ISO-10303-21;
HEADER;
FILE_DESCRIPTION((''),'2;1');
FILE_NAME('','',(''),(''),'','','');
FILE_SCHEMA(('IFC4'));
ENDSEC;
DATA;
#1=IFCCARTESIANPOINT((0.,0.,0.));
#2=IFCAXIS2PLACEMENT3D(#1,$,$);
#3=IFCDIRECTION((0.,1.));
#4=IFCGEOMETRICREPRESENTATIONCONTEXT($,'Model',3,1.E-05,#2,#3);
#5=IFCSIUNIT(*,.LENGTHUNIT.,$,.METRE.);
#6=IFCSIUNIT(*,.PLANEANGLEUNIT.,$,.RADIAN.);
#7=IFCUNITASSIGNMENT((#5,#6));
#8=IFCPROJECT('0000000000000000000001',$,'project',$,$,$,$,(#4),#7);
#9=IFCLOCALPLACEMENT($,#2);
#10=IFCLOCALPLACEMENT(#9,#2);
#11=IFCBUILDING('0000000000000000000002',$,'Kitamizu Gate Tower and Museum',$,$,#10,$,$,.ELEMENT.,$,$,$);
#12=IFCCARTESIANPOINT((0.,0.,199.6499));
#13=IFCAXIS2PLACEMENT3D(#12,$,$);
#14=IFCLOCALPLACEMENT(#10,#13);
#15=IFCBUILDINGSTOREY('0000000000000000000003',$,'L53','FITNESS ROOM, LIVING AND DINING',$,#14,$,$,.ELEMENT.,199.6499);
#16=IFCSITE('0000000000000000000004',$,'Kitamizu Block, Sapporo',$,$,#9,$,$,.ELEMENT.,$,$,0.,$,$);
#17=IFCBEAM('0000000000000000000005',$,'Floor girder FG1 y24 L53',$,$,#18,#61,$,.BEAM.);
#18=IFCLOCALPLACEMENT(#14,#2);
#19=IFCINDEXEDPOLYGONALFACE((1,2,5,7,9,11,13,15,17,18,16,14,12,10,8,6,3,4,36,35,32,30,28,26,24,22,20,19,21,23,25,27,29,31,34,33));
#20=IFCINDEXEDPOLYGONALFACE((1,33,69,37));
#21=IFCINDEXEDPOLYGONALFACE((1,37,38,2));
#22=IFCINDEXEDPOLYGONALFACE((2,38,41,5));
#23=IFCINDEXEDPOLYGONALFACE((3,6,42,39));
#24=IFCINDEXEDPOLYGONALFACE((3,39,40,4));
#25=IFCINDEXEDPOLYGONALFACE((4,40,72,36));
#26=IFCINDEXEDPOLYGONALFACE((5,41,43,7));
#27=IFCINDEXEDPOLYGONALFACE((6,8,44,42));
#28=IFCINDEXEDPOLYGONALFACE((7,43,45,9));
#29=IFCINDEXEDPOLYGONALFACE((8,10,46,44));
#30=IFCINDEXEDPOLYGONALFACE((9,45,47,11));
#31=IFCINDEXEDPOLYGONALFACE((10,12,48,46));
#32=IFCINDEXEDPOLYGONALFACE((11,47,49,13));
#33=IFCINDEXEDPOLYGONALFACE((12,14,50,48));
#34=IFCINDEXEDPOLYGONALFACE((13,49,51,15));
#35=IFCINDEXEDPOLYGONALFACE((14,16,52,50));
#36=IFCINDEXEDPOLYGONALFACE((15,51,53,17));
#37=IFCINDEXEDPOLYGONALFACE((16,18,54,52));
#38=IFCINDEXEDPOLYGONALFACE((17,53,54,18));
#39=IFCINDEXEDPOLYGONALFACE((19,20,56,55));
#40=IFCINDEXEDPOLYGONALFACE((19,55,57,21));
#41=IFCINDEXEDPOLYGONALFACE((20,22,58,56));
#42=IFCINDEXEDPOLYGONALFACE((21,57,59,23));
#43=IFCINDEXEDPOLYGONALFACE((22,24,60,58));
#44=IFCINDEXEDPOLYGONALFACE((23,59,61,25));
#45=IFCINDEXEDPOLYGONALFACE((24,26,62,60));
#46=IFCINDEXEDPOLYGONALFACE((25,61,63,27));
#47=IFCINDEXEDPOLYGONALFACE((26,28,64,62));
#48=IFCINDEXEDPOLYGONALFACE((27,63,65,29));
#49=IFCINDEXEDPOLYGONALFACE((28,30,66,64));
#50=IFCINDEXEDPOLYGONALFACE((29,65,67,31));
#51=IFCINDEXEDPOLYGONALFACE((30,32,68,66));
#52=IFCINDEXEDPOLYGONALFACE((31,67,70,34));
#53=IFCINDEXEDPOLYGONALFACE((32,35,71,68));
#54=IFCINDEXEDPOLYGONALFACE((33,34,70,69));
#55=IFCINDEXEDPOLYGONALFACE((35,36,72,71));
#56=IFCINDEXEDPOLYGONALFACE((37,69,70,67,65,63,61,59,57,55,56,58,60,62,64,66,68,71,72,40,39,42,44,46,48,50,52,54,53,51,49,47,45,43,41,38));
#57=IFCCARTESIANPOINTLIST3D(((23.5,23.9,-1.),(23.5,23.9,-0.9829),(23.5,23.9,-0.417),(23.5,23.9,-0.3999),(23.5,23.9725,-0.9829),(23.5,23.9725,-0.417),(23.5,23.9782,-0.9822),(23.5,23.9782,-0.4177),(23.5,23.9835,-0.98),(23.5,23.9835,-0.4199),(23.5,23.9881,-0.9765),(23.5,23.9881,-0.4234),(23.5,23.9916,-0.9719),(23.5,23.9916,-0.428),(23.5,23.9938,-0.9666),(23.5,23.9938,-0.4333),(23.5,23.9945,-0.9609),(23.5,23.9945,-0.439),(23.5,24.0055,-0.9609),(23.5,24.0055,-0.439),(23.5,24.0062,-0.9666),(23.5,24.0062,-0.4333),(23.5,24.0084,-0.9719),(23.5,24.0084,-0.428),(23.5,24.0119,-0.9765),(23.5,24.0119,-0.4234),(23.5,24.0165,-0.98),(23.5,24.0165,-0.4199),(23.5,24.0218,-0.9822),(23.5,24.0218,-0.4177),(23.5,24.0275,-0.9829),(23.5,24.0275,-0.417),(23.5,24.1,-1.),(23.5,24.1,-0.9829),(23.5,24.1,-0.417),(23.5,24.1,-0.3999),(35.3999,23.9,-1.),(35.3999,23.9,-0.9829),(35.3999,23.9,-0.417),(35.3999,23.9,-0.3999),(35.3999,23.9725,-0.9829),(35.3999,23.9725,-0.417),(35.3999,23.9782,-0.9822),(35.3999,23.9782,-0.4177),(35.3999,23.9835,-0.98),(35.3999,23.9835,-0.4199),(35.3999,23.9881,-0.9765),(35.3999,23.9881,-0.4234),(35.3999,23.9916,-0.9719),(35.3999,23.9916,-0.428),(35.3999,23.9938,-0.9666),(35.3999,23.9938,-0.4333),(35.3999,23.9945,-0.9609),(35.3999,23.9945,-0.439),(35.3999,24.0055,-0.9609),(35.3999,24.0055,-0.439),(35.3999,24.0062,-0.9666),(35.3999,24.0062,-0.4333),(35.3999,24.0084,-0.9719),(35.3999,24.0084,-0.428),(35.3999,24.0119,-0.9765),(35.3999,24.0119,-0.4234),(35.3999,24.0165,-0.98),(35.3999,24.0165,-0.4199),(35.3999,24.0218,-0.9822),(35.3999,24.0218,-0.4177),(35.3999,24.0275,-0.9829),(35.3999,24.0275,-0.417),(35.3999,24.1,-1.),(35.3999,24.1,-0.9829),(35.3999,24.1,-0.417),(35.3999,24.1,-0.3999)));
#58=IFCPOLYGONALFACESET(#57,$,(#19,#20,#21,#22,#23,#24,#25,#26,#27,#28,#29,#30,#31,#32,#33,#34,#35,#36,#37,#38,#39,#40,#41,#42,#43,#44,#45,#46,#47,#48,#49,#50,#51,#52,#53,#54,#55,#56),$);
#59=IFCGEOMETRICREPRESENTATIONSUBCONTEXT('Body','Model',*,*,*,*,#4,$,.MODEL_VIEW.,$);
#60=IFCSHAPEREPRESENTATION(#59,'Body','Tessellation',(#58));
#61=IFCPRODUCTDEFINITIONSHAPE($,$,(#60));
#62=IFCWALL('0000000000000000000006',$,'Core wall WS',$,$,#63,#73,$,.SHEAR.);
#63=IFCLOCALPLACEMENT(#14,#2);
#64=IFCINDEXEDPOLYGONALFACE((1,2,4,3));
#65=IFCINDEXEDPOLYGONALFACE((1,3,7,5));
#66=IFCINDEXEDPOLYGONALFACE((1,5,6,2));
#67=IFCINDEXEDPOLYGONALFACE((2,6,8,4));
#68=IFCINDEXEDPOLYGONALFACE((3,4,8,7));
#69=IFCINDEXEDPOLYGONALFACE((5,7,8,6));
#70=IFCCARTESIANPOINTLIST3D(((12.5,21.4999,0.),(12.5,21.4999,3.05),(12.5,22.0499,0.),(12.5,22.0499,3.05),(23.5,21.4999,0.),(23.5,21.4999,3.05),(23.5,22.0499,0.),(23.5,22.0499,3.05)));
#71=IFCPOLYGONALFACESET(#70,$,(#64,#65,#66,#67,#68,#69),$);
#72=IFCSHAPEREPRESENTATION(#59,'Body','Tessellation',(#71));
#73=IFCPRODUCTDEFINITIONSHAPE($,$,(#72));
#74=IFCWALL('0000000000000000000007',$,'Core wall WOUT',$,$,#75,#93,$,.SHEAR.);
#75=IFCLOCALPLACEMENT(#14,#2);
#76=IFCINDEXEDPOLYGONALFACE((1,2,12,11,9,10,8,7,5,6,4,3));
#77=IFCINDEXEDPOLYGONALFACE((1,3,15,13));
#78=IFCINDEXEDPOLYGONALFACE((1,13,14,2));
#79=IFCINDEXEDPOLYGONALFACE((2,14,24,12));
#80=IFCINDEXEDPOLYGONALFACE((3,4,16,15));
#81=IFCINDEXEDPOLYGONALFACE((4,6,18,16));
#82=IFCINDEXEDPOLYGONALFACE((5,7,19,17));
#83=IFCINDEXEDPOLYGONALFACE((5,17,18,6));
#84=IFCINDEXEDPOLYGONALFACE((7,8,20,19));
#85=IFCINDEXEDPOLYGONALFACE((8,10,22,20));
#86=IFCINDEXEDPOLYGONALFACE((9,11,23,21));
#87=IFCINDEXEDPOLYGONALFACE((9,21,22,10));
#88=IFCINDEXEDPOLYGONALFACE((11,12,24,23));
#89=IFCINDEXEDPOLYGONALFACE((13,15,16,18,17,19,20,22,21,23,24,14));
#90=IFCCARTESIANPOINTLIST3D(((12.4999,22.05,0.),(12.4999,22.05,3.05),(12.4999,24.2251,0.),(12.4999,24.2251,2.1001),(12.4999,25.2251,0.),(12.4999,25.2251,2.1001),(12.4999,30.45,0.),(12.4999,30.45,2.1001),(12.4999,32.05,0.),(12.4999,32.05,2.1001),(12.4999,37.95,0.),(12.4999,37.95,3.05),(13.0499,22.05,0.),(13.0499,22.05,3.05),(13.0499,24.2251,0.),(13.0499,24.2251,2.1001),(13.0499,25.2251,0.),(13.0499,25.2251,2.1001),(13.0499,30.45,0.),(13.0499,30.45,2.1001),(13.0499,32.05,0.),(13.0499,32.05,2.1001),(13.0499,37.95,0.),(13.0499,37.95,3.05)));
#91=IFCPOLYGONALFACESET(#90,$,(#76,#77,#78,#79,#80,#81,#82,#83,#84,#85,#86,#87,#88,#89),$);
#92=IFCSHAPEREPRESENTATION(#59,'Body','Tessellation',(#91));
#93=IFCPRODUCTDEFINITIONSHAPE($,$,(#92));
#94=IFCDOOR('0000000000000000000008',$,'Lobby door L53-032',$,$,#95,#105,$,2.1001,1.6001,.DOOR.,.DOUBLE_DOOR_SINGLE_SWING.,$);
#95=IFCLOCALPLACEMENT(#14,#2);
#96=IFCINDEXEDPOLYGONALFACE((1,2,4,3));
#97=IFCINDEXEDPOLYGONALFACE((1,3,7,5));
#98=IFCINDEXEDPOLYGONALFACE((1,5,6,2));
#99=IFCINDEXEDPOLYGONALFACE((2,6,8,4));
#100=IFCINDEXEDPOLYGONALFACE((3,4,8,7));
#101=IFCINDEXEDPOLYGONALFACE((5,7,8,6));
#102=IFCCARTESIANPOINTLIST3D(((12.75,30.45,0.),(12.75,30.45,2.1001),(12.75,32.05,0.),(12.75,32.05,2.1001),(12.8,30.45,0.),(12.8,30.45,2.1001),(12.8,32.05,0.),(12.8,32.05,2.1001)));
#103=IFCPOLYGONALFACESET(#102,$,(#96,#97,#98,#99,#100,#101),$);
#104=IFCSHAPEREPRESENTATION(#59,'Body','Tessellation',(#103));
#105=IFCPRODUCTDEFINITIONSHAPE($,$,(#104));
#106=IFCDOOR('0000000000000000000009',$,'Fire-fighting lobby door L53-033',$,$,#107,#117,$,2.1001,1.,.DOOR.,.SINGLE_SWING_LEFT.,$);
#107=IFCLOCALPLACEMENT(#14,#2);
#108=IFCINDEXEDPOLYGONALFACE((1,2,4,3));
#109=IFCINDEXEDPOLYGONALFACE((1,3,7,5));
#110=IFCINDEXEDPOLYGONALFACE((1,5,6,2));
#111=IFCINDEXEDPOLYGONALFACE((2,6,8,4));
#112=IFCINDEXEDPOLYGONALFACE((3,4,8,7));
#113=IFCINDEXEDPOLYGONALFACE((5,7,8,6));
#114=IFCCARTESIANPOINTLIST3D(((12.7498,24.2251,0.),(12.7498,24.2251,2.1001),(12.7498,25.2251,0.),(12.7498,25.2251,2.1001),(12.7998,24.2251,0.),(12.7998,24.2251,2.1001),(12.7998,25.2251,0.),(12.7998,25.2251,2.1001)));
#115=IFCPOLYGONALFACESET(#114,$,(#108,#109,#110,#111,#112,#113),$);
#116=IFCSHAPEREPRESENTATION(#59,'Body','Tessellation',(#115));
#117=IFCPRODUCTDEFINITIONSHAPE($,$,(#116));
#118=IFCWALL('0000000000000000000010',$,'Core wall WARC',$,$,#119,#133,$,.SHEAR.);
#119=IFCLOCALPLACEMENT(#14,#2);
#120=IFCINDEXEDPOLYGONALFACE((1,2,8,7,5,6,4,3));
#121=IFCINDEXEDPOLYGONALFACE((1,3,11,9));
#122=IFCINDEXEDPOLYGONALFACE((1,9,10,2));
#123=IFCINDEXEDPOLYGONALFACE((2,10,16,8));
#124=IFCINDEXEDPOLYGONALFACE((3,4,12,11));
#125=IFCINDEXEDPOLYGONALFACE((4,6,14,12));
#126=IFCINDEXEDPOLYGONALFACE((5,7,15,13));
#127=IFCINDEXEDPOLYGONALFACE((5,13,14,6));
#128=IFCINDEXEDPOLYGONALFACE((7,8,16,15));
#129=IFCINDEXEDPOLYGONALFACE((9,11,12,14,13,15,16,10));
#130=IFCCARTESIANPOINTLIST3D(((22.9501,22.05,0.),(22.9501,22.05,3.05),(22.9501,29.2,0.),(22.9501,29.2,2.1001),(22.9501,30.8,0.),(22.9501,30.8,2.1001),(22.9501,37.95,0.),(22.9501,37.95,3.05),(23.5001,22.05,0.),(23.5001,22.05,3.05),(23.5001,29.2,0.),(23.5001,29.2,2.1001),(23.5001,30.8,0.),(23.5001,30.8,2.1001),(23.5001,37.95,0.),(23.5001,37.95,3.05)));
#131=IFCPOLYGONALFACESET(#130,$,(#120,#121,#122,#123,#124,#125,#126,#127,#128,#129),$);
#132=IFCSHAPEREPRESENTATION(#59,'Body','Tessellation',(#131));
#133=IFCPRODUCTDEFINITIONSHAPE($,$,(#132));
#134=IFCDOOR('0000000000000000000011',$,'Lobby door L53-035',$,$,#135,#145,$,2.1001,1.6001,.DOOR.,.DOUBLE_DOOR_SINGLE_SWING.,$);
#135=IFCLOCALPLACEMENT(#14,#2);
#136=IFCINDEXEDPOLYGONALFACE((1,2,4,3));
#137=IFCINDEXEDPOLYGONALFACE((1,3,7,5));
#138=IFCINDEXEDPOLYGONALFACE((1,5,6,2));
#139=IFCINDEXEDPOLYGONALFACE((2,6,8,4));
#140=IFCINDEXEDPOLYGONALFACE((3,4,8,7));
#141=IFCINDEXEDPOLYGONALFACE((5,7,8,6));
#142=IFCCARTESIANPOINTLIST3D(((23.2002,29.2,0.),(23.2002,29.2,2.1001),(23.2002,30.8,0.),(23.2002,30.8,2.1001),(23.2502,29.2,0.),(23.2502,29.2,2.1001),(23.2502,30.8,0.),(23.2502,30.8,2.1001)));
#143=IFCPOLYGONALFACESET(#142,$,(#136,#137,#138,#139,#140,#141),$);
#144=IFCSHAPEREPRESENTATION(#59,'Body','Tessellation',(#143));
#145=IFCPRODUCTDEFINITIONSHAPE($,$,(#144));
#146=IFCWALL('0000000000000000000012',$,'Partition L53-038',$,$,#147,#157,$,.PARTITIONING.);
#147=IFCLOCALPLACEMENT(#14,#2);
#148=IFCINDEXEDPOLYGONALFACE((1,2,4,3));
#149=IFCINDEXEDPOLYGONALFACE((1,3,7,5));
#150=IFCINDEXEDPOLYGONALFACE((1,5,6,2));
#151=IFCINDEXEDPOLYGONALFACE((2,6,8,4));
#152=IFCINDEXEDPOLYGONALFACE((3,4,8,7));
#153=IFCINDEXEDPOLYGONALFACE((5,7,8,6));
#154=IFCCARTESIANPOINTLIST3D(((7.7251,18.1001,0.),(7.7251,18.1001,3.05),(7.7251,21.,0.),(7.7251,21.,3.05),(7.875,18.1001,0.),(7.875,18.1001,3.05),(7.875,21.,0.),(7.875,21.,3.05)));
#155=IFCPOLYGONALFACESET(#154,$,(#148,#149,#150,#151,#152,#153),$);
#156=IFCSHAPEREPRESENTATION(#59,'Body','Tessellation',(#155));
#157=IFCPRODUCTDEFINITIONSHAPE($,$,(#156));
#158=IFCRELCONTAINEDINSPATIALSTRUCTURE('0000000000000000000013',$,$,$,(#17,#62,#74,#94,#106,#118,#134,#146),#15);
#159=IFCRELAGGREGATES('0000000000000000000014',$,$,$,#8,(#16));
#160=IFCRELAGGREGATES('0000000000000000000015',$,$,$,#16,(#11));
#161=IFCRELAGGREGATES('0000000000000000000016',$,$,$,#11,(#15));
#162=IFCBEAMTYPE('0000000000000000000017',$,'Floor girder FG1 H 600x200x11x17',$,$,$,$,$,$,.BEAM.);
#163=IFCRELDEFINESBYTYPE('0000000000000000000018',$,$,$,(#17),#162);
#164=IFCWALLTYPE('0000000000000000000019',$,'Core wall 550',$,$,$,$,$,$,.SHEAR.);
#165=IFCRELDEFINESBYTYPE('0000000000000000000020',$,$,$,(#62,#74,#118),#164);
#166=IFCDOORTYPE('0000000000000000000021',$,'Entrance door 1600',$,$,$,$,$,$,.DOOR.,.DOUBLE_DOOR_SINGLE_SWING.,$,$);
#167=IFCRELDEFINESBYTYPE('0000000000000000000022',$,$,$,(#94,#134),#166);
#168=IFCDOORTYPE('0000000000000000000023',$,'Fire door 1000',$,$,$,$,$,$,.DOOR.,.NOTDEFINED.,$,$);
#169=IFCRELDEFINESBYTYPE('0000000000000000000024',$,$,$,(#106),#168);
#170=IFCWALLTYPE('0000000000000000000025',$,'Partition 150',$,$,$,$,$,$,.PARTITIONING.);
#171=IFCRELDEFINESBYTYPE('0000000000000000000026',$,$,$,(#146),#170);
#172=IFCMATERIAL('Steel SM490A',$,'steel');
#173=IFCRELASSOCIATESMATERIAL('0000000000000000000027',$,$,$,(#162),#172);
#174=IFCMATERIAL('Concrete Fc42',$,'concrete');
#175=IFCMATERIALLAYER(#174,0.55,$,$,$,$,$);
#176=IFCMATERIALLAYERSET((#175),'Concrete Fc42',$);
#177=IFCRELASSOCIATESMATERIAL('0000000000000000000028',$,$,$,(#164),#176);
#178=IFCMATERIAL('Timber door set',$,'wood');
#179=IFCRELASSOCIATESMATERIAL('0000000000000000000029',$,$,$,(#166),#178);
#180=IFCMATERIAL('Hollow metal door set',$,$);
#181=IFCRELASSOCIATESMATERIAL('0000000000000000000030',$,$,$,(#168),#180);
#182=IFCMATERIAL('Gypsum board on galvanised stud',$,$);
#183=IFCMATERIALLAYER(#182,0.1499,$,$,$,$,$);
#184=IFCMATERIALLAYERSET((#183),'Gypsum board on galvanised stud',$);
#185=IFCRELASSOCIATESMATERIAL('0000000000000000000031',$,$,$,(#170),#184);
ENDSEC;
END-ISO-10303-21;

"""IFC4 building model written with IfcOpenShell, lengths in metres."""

from ifc_helpers import new_model, si_unit, direction, frame, frame_2d, origin, origin_2d, place, context, subcontext, project, spatial, rectangle, i_section, extrude, material, layer, layer_set, material_profile, profile_set, type_object, element, fill, save


model = new_model("IFC4")

# Units and contexts
model_context = context("Model", 3, precision=1e-05, world=origin(), true_north=direction((0.0, 1.0)))
body_context = subcontext(model_context, "Body", "Model", "MODEL_VIEW")
ifc_project = project(units=[si_unit("LENGTHUNIT", "METRE"), si_unit("PLANEANGLEUNIT", "RADIAN")], contexts=[model_context])

# Site, building, storey
site_placement = place(None, origin())
site = spatial("IfcSite", under=ifc_project, at=site_placement, Name="Kitamizu Block, Sapporo", CompositionType="ELEMENT", RefElevation=0.0)
building_placement = place(site_placement, origin())
building = spatial("IfcBuilding", under=site, at=building_placement, Name="Kitamizu Gate Tower and Museum", CompositionType="ELEMENT")
storey_placement = place(building_placement, frame((0.0, 0.0, 199.6499)))
storey = spatial("IfcBuildingStorey", under=building, at=storey_placement, Name="L53", Description="FITNESS ROOM, LIVING AND DINING", CompositionType="ELEMENT", Elevation=199.6499)

# Beam
ifc_material_1 = material(Name="Steel SM490A", Category="steel")
ifc_material_profile = material_profile(ifc_material_1, i_section(OverallWidth=0.2, OverallDepth=0.6001, WebThickness=0.011, FlangeThickness=0.0171, FilletRadius=0.022, at=origin_2d()), Name="H-600x200x11x17")
ifc_profile_set = profile_set([ifc_material_profile], Name="Steel SM490A")
beam_type = type_object("IfcBeamType", Name="Floor girder FG1 H 600x200x11x17", PredefinedType="BEAM", material=ifc_profile_set)
beam_placement = place(storey_placement, frame((23.5, 24.0, -0.7), z_axis=(1.0, 0.0, 0.0), x_axis=(0.0, 1.0, 0.0)))
element("IfcBeam", 1, at=beam_placement, inside=storey, type_object=beam_type, Name="Floor girder FG1 y24 L53", PredefinedType="BEAM", context=body_context, shape_type="SweptSolid", body=[
    extrude(i_section(OverallWidth=0.2, OverallDepth=0.6001, WebThickness=0.011, FlangeThickness=0.0171, FilletRadius=0.022, at=origin_2d()), origin(), (0.0, 0.0, 1.0), 11.8999),
])

# Wall
ifc_material_2 = material(Name="Concrete Fc42", Category="concrete")
ifc_layer_1 = layer(ifc_material_2, 0.55)
ifc_layer_set_1 = layer_set([ifc_layer_1], Name="Concrete Fc42")
wall_type_1 = type_object("IfcWallType", Name="Core wall 550", PredefinedType="SHEAR", material=ifc_layer_set_1)
wall_1_placement = place(storey_placement, frame((12.5, 21.7749, 0.0), z_axis=(0.0, 0.0, 1.0), x_axis=(1.0, 0.0, 0.0)))
element("IfcWall", 2, at=wall_1_placement, inside=storey, type_object=wall_type_1, Name="Core wall WS", PredefinedType="SHEAR", context=body_context, shape_type="SweptSolid", body=[
    extrude(rectangle(XDim=11.0, YDim=0.55, at=frame_2d((5.5, 0.0))), origin(), (0.0, 0.0, 1.0), 3.05),
])

# Wall, openings, doors
wall_2_placement = place(storey_placement, frame((12.7749, 22.05, 0.0), z_axis=(0.0, 0.0, 1.0), x_axis=(0.0, 1.0, 0.0)))
wall_2 = element("IfcWall", 3, at=wall_2_placement, inside=storey, type_object=wall_type_1, Name="Core wall WOUT", PredefinedType="SHEAR", context=body_context, shape_type="SweptSolid", body=[
    extrude(rectangle(XDim=15.8999, YDim=0.55, at=frame_2d((7.95, 0.0))), origin(), (0.0, 0.0, 1.0), 3.05),
])
opening_1_placement = place(wall_2_placement, frame((8.3999, 0.0, 0.0)))
opening_1 = element("IfcOpeningElement", 4, at=opening_1_placement, cuts=wall_2, PredefinedType="OPENING", context=body_context, shape_type="SweptSolid", body=[
    extrude(rectangle(XDim=1.6001, YDim=2.1001, at=frame_2d((0.8, 1.05))), frame((0.0, 0.2852, 0.0), z_axis=(0.0, -1.0, 0.0), x_axis=(1.0, 0.0, 0.0)), (0.0, 0.0, 1.0), 0.5701),
])
opening_2_placement = place(wall_2_placement, frame((2.175, 0.0, 0.0)))
opening_2 = element("IfcOpeningElement", 5, at=opening_2_placement, cuts=wall_2, PredefinedType="OPENING", context=body_context, shape_type="SweptSolid", body=[
    extrude(rectangle(XDim=1.0, YDim=2.1001, at=frame_2d((0.5, 1.05))), frame((0.0, 0.2852, 0.0), z_axis=(0.0, -1.0, 0.0), x_axis=(1.0, 0.0, 0.0)), (0.0, 0.0, 1.0), 0.5701),
])
ifc_material_3 = material(Name="Timber door set", Category="wood")
door_type_1 = type_object("IfcDoorType", Name="Entrance door 1600", OperationType="DOUBLE_DOOR_SINGLE_SWING", PredefinedType="DOOR", material=ifc_material_3)
door_1_placement = place(opening_1_placement, origin())
door_1 = element("IfcDoor", 6, at=door_1_placement, inside=storey, type_object=door_type_1, Name="Lobby door L53-032", OperationType="DOUBLE_DOOR_SINGLE_SWING", OverallHeight=2.1001, OverallWidth=1.6001, PredefinedType="DOOR", context=body_context, shape_type="SweptSolid", body=[
    extrude(rectangle(XDim=1.6001, YDim=2.1001, at=frame_2d((0.8, 1.05))), frame((0.0, 0.0249, 0.0), z_axis=(0.0, -1.0, 0.0), x_axis=(1.0, 0.0, 0.0)), (0.0, 0.0, 1.0), 0.05),
])
fill(opening_1, door_1)
ifc_material_4 = material(Name="Hollow metal door set")
door_type_2 = type_object("IfcDoorType", Name="Fire door 1000", OperationType="NOTDEFINED", PredefinedType="DOOR", material=ifc_material_4)
door_2_placement = place(opening_2_placement, frame((1.0, 0.0, 0.0), x_axis=(-1.0, 0.0, 0.0)))
door_2 = element("IfcDoor", 7, at=door_2_placement, inside=storey, type_object=door_type_2, Name="Fire-fighting lobby door L53-033", OperationType="SINGLE_SWING_LEFT", OverallHeight=2.1001, OverallWidth=1.0, PredefinedType="DOOR", context=body_context, shape_type="SweptSolid", body=[
    extrude(rectangle(XDim=1.0, YDim=2.1001, at=frame_2d((0.5, 1.05))), frame((0.0, 0.0249, 0.0), z_axis=(0.0, -1.0, 0.0), x_axis=(1.0, 0.0, 0.0)), (0.0, 0.0, 1.0), 0.05),
])
fill(opening_2, door_2)

# Wall, opening, door
wall_3_placement = place(storey_placement, frame((23.2251, 22.05, 0.0), z_axis=(0.0, 0.0, 1.0), x_axis=(0.0, 1.0, 0.0)))
wall_3 = element("IfcWall", 8, at=wall_3_placement, inside=storey, type_object=wall_type_1, Name="Core wall WARC", PredefinedType="SHEAR", context=body_context, shape_type="SweptSolid", body=[
    extrude(rectangle(XDim=15.8999, YDim=0.55, at=frame_2d((7.95, 0.0))), origin(), (0.0, 0.0, 1.0), 3.05),
])
opening_3_placement = place(wall_3_placement, frame((7.1499, 0.0, 0.0)))
opening_3 = element("IfcOpeningElement", 9, at=opening_3_placement, cuts=wall_3, PredefinedType="OPENING", context=body_context, shape_type="SweptSolid", body=[
    extrude(rectangle(XDim=1.6001, YDim=2.1001, at=frame_2d((0.8, 1.05))), frame((0.0, 0.2852, 0.0), z_axis=(0.0, -1.0, 0.0), x_axis=(1.0, 0.0, 0.0)), (0.0, 0.0, 1.0), 0.5701),
])
door_3_placement = place(opening_3_placement, origin())
door_3 = element("IfcDoor", 10, at=door_3_placement, inside=storey, type_object=door_type_1, Name="Lobby door L53-035", OperationType="DOUBLE_DOOR_SINGLE_SWING", OverallHeight=2.1001, OverallWidth=1.6001, PredefinedType="DOOR", context=body_context, shape_type="SweptSolid", body=[
    extrude(rectangle(XDim=1.6001, YDim=2.1001, at=frame_2d((0.8, 1.05))), frame((0.0, 0.0249, 0.0), z_axis=(0.0, -1.0, 0.0), x_axis=(1.0, 0.0, 0.0)), (0.0, 0.0, 1.0), 0.05),
])
fill(opening_3, door_3)

# Wall
ifc_material_5 = material(Name="Gypsum board on galvanised stud")
ifc_layer_2 = layer(ifc_material_5, 0.1499)
ifc_layer_set_2 = layer_set([ifc_layer_2], Name="Gypsum board on galvanised stud")
wall_type_2 = type_object("IfcWallType", Name="Partition 150", PredefinedType="PARTITIONING", material=ifc_layer_set_2)
wall_4_placement = place(storey_placement, frame((7.8, 18.1001, 0.0), z_axis=(0.0, 0.0, 1.0), x_axis=(0.0, 1.0, 0.0)))
element("IfcWall", 11, at=wall_4_placement, inside=storey, type_object=wall_type_2, Name="Partition L53-038", PredefinedType="PARTITIONING", context=body_context, shape_type="SweptSolid", body=[
    extrude(rectangle(XDim=2.8999, YDim=0.1499, at=frame_2d((1.45, 0.0))), origin(), (0.0, 0.0, 1.0), 3.05),
])

save(model, "model.ifc")
